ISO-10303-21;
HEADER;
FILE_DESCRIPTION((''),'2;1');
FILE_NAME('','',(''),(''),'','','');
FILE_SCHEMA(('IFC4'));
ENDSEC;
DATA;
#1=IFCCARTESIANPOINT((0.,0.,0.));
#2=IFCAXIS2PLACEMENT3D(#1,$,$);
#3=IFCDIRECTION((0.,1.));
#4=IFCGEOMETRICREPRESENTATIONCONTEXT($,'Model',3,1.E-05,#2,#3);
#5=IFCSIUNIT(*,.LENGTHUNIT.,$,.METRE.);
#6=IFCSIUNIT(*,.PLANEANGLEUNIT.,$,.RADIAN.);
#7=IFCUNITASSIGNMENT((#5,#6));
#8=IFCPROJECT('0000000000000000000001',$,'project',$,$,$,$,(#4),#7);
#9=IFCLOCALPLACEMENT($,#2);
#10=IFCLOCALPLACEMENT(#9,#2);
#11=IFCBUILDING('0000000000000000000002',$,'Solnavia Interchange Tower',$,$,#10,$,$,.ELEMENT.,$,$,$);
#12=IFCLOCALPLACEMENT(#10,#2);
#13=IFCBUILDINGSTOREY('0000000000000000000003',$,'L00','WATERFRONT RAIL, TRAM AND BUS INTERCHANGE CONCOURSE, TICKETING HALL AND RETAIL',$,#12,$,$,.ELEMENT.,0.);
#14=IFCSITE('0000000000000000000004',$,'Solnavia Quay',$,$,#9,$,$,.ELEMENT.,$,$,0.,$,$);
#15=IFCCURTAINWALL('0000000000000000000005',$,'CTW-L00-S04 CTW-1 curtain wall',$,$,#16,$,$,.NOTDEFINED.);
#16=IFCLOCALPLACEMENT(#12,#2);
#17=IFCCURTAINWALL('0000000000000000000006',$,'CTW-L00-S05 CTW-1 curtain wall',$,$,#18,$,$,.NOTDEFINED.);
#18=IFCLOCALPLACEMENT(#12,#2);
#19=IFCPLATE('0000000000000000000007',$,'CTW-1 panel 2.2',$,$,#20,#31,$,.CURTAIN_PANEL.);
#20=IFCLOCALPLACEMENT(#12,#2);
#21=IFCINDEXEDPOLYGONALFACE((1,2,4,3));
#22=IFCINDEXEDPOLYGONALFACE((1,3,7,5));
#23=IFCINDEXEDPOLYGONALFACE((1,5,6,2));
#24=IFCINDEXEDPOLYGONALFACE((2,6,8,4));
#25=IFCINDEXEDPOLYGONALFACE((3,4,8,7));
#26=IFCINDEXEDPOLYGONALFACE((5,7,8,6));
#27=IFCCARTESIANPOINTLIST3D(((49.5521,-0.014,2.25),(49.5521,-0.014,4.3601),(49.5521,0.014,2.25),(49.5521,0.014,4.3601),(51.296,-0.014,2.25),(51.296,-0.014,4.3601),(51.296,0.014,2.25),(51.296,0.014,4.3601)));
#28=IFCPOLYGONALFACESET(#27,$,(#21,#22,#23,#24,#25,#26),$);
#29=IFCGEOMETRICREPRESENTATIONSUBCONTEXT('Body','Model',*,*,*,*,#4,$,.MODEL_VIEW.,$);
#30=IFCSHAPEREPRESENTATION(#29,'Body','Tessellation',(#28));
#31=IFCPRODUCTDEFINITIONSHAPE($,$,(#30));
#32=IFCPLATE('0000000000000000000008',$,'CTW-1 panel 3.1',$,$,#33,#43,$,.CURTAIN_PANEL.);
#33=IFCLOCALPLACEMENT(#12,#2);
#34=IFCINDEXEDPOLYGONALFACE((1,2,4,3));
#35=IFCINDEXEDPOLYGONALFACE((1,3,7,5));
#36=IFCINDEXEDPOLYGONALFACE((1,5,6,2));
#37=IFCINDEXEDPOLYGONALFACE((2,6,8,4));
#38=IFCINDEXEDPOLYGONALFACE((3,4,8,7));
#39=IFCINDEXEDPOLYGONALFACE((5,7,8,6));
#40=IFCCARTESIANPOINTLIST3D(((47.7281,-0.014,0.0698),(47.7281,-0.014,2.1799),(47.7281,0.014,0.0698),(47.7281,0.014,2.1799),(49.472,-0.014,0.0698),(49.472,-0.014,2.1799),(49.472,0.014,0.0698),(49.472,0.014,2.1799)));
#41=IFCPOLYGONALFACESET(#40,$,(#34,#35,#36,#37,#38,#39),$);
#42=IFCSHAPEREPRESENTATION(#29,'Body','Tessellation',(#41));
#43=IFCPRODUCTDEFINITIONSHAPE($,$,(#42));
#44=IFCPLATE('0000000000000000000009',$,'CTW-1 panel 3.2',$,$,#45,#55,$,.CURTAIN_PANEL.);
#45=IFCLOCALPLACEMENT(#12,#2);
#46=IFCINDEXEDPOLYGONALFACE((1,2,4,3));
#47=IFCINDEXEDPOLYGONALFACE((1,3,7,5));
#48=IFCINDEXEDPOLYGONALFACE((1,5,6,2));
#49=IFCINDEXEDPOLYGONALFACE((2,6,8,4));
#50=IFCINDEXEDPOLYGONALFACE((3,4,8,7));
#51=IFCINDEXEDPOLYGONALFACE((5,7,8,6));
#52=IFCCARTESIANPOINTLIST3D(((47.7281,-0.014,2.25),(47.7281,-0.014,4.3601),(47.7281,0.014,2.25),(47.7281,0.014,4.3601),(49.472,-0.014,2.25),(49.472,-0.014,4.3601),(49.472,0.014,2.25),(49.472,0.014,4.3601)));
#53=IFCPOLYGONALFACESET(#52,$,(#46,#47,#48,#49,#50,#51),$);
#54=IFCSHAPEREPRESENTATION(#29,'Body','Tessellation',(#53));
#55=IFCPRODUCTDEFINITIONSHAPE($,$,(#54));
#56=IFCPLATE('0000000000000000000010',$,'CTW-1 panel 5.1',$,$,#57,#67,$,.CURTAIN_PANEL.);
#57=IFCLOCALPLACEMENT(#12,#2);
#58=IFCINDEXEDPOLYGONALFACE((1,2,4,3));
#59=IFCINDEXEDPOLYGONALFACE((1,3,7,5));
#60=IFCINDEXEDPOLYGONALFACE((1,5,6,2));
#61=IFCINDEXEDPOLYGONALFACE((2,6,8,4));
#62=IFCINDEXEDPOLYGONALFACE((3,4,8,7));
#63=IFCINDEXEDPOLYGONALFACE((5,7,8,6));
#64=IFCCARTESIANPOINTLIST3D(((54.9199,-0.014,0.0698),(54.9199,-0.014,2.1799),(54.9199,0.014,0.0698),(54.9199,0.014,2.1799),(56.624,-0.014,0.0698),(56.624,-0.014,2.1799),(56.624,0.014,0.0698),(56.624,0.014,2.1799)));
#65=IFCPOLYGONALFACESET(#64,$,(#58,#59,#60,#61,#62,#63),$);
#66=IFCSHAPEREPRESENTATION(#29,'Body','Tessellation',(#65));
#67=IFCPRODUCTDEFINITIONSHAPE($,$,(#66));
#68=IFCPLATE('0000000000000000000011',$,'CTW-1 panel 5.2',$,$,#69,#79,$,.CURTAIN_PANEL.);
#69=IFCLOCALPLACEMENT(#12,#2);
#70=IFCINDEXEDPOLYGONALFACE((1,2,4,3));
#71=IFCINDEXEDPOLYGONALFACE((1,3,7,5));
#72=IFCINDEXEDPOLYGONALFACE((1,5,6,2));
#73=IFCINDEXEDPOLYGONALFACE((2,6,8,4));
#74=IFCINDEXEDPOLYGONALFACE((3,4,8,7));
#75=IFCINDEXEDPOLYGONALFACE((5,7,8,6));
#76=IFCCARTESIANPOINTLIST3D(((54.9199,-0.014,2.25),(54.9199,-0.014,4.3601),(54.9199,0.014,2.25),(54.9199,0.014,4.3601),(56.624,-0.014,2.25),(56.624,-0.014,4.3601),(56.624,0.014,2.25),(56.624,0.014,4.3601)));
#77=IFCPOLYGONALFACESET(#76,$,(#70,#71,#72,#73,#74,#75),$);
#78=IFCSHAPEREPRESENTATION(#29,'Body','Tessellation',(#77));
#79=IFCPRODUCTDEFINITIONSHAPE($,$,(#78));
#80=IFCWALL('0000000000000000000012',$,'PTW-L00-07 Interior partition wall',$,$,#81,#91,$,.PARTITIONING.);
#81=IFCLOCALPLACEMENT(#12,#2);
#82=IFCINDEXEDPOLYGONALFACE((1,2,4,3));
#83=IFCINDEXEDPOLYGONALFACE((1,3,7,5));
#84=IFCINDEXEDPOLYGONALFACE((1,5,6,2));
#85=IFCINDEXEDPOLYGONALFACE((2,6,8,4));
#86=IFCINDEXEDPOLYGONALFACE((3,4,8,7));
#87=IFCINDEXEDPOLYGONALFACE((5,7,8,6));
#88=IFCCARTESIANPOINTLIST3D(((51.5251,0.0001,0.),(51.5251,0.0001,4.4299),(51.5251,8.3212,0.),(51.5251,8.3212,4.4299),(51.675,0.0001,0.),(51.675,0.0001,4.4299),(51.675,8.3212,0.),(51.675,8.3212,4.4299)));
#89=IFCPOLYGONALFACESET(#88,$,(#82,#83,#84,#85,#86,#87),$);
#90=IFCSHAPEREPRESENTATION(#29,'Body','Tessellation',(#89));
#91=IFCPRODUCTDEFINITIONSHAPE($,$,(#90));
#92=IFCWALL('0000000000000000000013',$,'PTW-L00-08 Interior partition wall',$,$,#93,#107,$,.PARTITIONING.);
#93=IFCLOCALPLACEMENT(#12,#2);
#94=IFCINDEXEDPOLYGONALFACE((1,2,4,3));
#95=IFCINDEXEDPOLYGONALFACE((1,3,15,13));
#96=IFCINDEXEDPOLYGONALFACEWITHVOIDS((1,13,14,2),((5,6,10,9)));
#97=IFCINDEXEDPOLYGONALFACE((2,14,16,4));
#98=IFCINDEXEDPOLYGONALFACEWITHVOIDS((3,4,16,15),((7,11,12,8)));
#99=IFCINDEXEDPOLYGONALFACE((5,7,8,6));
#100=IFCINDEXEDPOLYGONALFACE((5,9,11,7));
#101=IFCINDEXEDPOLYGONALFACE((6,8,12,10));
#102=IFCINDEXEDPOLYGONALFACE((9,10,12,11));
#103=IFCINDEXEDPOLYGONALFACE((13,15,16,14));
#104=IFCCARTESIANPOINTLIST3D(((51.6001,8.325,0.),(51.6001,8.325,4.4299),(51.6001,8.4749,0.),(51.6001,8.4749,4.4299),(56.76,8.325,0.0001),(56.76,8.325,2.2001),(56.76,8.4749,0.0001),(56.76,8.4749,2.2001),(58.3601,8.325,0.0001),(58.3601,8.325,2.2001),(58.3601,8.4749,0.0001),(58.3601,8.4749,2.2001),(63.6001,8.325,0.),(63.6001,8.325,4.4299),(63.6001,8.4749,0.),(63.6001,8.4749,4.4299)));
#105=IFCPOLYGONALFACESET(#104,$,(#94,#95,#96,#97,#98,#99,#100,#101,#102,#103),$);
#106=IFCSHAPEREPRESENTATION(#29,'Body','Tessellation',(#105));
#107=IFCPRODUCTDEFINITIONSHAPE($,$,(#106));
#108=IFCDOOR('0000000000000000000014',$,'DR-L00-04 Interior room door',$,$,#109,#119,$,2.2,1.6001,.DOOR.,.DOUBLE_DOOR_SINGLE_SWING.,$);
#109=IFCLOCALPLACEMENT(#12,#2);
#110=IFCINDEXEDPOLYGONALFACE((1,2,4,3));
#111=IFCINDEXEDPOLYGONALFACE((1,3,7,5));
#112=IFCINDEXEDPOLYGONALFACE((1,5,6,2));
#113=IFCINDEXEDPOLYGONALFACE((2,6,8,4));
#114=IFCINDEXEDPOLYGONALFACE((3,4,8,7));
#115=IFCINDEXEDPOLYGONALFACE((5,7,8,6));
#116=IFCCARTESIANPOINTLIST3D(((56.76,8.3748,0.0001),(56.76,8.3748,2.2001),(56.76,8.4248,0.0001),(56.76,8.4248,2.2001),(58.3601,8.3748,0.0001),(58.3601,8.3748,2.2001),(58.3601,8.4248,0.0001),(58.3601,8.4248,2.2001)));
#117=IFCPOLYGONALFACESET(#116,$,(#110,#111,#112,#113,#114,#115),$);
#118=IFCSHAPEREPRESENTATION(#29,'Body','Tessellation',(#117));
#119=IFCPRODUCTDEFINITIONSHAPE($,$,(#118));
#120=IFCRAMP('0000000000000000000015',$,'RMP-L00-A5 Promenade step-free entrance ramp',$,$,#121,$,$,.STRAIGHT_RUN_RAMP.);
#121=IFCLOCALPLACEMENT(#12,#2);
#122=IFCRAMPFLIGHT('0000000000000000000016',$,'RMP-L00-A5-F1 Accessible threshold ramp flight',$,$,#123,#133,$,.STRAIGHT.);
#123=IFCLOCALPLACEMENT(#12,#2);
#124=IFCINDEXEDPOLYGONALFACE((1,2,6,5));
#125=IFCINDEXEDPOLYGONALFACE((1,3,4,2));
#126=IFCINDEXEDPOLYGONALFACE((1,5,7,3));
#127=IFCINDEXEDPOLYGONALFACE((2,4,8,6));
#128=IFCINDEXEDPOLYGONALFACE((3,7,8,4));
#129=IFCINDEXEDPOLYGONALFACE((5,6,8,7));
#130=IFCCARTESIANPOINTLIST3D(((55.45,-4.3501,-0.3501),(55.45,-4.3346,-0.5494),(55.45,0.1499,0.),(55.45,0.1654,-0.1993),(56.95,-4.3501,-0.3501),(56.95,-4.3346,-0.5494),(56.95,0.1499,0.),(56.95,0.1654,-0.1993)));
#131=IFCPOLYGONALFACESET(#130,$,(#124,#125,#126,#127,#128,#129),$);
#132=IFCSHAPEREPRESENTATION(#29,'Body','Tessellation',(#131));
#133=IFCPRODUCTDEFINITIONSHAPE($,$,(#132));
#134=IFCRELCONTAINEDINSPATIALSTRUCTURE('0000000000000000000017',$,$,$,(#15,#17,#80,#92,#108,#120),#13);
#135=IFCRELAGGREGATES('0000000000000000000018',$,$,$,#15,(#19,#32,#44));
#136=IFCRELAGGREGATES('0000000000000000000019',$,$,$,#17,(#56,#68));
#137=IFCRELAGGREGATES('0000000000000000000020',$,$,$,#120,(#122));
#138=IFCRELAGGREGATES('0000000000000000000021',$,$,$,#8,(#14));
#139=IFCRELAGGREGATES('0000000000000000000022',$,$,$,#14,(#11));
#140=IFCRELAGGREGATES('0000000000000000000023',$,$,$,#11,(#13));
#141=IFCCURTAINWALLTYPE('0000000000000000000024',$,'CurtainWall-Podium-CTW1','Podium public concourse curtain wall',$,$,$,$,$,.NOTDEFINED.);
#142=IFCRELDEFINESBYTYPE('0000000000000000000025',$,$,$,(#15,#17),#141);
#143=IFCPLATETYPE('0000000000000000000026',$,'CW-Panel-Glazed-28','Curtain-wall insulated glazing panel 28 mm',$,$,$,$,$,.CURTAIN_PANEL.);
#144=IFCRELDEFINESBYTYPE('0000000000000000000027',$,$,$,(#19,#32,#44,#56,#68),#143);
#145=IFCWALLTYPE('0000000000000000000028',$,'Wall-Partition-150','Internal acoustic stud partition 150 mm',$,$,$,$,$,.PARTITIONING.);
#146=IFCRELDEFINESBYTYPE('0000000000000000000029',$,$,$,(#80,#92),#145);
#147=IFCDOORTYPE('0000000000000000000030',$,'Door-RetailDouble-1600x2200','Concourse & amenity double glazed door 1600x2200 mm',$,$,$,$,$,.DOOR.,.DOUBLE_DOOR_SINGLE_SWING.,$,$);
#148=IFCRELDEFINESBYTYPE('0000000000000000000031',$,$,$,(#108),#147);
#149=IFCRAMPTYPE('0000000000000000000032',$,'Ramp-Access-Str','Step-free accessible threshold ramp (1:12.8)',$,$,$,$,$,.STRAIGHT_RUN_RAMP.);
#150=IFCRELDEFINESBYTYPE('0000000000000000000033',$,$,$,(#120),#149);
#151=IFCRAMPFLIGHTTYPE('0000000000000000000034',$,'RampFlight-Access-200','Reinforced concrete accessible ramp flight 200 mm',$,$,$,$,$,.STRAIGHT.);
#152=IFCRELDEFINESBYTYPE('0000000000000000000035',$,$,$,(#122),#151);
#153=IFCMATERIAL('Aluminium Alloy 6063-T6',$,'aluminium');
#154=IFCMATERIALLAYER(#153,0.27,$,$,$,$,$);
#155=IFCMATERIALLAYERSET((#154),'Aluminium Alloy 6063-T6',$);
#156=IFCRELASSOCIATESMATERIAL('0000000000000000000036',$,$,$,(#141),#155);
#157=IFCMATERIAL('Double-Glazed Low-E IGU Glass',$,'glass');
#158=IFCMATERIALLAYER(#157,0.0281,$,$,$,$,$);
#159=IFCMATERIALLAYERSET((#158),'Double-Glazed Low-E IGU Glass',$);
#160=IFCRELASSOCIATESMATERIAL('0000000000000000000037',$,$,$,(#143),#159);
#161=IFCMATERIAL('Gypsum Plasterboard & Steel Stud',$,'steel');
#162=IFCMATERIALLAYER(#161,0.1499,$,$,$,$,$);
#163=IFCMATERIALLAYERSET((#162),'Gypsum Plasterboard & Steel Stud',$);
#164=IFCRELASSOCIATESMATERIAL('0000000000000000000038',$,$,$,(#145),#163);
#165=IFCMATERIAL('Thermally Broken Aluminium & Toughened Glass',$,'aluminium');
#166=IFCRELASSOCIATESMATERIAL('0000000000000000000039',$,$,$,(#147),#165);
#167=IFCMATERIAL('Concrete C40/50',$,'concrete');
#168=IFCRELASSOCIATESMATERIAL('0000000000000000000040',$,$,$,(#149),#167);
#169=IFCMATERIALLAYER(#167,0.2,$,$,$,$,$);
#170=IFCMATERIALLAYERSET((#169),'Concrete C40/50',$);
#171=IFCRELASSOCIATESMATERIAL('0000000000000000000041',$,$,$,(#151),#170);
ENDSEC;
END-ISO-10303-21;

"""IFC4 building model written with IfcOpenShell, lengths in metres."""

from ifc_helpers import new_model, si_unit, direction, frame, frame_2d, origin, origin_2d, place, context, subcontext, project, spatial, polyline, rectangle, outline, extrude, material, layer, layer_set, type_object, element, fill, aggregate, save


model = new_model("IFC4")

# Units and contexts
model_context = context("Model", 3, precision=1e-05, world=origin(), true_north=direction((0.0, 1.0)))
body_context = subcontext(model_context, "Body", "Model", "MODEL_VIEW")
ifc_project = project(units=[si_unit("LENGTHUNIT", "METRE"), si_unit("PLANEANGLEUNIT", "RADIAN")], contexts=[model_context])

# Site, building, storey
site_placement = place(None, origin())
site = spatial("IfcSite", under=ifc_project, at=site_placement, Name="Solnavia Quay", CompositionType="ELEMENT", RefElevation=0.0)
building_placement = place(site_placement, origin())
building = spatial("IfcBuilding", under=site, at=building_placement, Name="Solnavia Interchange Tower", CompositionType="ELEMENT")
storey_placement = place(building_placement, origin())
storey = spatial("IfcBuildingStorey", under=building, at=storey_placement, Name="L00", Description="WATERFRONT RAIL, TRAM AND BUS INTERCHANGE CONCOURSE, TICKETING HALL AND RETAIL", CompositionType="ELEMENT", Elevation=0.0)

# Curtain wall
ifc_material_1 = material(Name="Aluminium Alloy 6063-T6", Category="aluminium")
ifc_layer_1 = layer(ifc_material_1, 0.27)
ifc_layer_set_1 = layer_set([ifc_layer_1], Name="Aluminium Alloy 6063-T6")
curtain_wall_type = type_object("IfcCurtainWallType", Name="CurtainWall-Podium-CTW1", Description="Podium public concourse curtain wall", PredefinedType="NOTDEFINED", material=ifc_layer_set_1)
curtain_wall_1_placement = place(storey_placement, origin())
curtain_wall_1 = element("IfcCurtainWall", 1, at=curtain_wall_1_placement, inside=storey, type_object=curtain_wall_type, Name="CTW-L00-S04 CTW-1 curtain wall", PredefinedType="NOTDEFINED")

# Curtain wall
curtain_wall_2_placement = place(storey_placement, origin())
curtain_wall_2 = element("IfcCurtainWall", 2, at=curtain_wall_2_placement, inside=storey, type_object=curtain_wall_type, Name="CTW-L00-S05 CTW-1 curtain wall", PredefinedType="NOTDEFINED")

# Plates
ifc_material_2 = material(Name="Double-Glazed Low-E IGU Glass", Category="glass")
ifc_layer_2 = layer(ifc_material_2, 0.0281)
ifc_layer_set_2 = layer_set([ifc_layer_2], Name="Double-Glazed Low-E IGU Glass")
plate_type = type_object("IfcPlateType", Name="CW-Panel-Glazed-28", Description="Curtain-wall insulated glazing panel 28 mm", PredefinedType="CURTAIN_PANEL", material=ifc_layer_set_2)
plate_1_placement = place(storey_placement, frame((50.4241, 0.0, 2.25), z_axis=(0.0, 0.0, 1.0), x_axis=(-1.0, 0.0, 0.0)))
plate_1 = element("IfcPlate", 3, at=plate_1_placement, type_object=plate_type, Name="CTW-1 panel 2.2", PredefinedType="CURTAIN_PANEL", context=body_context, shape_type="SweptSolid", body=[
    extrude(rectangle(XDim=1.7439, YDim=0.0281, at=origin_2d()), origin(), (0.0, 0.0, 1.0), 2.1101),
])
plate_2_placement = place(storey_placement, frame((48.6001, 0.0, 0.0698), z_axis=(0.0, 0.0, 1.0), x_axis=(-1.0, 0.0, 0.0)))
plate_2 = element("IfcPlate", 4, at=plate_2_placement, type_object=plate_type, Name="CTW-1 panel 3.1", PredefinedType="CURTAIN_PANEL", context=body_context, shape_type="SweptSolid", body=[
    extrude(rectangle(XDim=1.7439, YDim=0.0281, at=origin_2d()), origin(), (0.0, 0.0, 1.0), 2.1101),
])
plate_3_placement = place(storey_placement, frame((48.6001, 0.0, 2.25), z_axis=(0.0, 0.0, 1.0), x_axis=(-1.0, 0.0, 0.0)))
plate_3 = element("IfcPlate", 5, at=plate_3_placement, type_object=plate_type, Name="CTW-1 panel 3.2", PredefinedType="CURTAIN_PANEL", context=body_context, shape_type="SweptSolid", body=[
    extrude(rectangle(XDim=1.7439, YDim=0.0281, at=origin_2d()), origin(), (0.0, 0.0, 1.0), 2.1101),
])
aggregate(curtain_wall_1, [plate_1, plate_2, plate_3])
plate_4_placement = place(storey_placement, frame((55.772, 0.0, 0.0698), z_axis=(0.0, 0.0, 1.0), x_axis=(-1.0, 0.0, 0.0)))
plate_4 = element("IfcPlate", 6, at=plate_4_placement, type_object=plate_type, Name="CTW-1 panel 5.1", PredefinedType="CURTAIN_PANEL", context=body_context, shape_type="SweptSolid", body=[
    extrude(rectangle(XDim=1.7041, YDim=0.0281, at=origin_2d()), origin(), (0.0, 0.0, 1.0), 2.1101),
])
plate_5_placement = place(storey_placement, frame((55.772, 0.0, 2.25), z_axis=(0.0, 0.0, 1.0), x_axis=(-1.0, 0.0, 0.0)))
plate_5 = element("IfcPlate", 7, at=plate_5_placement, type_object=plate_type, Name="CTW-1 panel 5.2", PredefinedType="CURTAIN_PANEL", context=body_context, shape_type="SweptSolid", body=[
    extrude(rectangle(XDim=1.7041, YDim=0.0281, at=origin_2d()), origin(), (0.0, 0.0, 1.0), 2.1101),
])
aggregate(curtain_wall_2, [plate_4, plate_5])

# Wall
ifc_material_3 = material(Name="Gypsum Plasterboard & Steel Stud", Category="steel")
ifc_layer_3 = layer(ifc_material_3, 0.1499)
ifc_layer_set_3 = layer_set([ifc_layer_3], Name="Gypsum Plasterboard & Steel Stud")
wall_type = type_object("IfcWallType", Name="Wall-Partition-150", Description="Internal acoustic stud partition 150 mm", PredefinedType="PARTITIONING", material=ifc_layer_set_3)
wall_1_placement = place(storey_placement, frame((51.6001, 0.0, 0.0), z_axis=(0.0, 0.0, 1.0), x_axis=(0.0, 1.0, 0.0)))
element("IfcWall", 8, at=wall_1_placement, inside=storey, type_object=wall_type, Name="PTW-L00-07 Interior partition wall", PredefinedType="PARTITIONING", context=body_context, shape_type="SweptSolid", body=[
    extrude(rectangle(XDim=8.321, YDim=0.1499, at=frame_2d((4.1606, 0.0))), origin(), (0.0, 0.0, 1.0), 4.4299),
])

# Wall, opening, door
wall_2_placement = place(storey_placement, frame((51.6001, 8.3999, 0.0), z_axis=(0.0, 0.0, 1.0), x_axis=(1.0, 0.0, 0.0)))
wall_2 = element("IfcWall", 9, at=wall_2_placement, inside=storey, type_object=wall_type, Name="PTW-L00-08 Interior partition wall", PredefinedType="PARTITIONING", context=body_context, shape_type="SweptSolid", body=[
    extrude(rectangle(XDim=12.0, YDim=0.1499, at=frame_2d((6.0, 0.0))), origin(), (0.0, 0.0, 1.0), 4.4299),
])
opening_placement = place(wall_2_placement, frame((5.1599, 0.0, 0.0)))
opening = element("IfcOpeningElement", 10, at=opening_placement, cuts=wall_2, PredefinedType="OPENING", context=body_context, shape_type="SweptSolid", body=[
    extrude(rectangle(XDim=1.6001, YDim=2.2, at=frame_2d((0.8, 1.1001))), frame((0.0, 0.085, 0.0), z_axis=(0.0, -1.0, 0.0), x_axis=(1.0, 0.0, 0.0)), (0.0, 0.0, 1.0), 0.1699),
])
ifc_material_4 = material(Name="Thermally Broken Aluminium & Toughened Glass", Category="aluminium")
door_type = type_object("IfcDoorType", Name="Door-RetailDouble-1600x2200", Description="Concourse & amenity double glazed door 1600x2200 mm", OperationType="DOUBLE_DOOR_SINGLE_SWING", PredefinedType="DOOR", material=ifc_material_4)
door_placement = place(opening_placement, origin())
door = element("IfcDoor", 11, at=door_placement, inside=storey, type_object=door_type, Name="DR-L00-04 Interior room door", OperationType="DOUBLE_DOOR_SINGLE_SWING", OverallHeight=2.2, OverallWidth=1.6001, PredefinedType="DOOR", context=body_context, shape_type="SweptSolid", body=[
    extrude(rectangle(XDim=1.6001, YDim=2.2, at=frame_2d((0.8, 1.1001))), frame((0.0, 0.0249, 0.0), z_axis=(0.0, -1.0, 0.0), x_axis=(1.0, 0.0, 0.0)), (0.0, 0.0, 1.0), 0.05),
])
fill(opening, door)

# Ramp, ramp flight
ifc_material_5 = material(Name="Concrete C40/50", Category="concrete")
ramp_type = type_object("IfcRampType", Name="Ramp-Access-Str", Description="Step-free accessible threshold ramp (1:12.8)", PredefinedType="STRAIGHT_RUN_RAMP", material=ifc_material_5)
ramp_placement = place(storey_placement, origin())
ramp = element("IfcRamp", 12, at=ramp_placement, inside=storey, type_object=ramp_type, Name="RMP-L00-A5 Promenade step-free entrance ramp", PredefinedType="STRAIGHT_RUN_RAMP")
ifc_layer_4 = layer(ifc_material_5, 0.2)
ifc_layer_set_4 = layer_set([ifc_layer_4], Name="Concrete C40/50")
ramp_flight_type = type_object("IfcRampFlightType", Name="RampFlight-Access-200", Description="Reinforced concrete accessible ramp flight 200 mm", PredefinedType="STRAIGHT", material=ifc_layer_set_4)
ramp_flight_placement = place(storey_placement, frame((55.45, -4.3501, -0.3501), z_axis=(0.0, -0.077565, 0.996987), x_axis=(1.0, 0.0, 0.0)))
ramp_flight = element("IfcRampFlight", 13, at=ramp_flight_placement, type_object=ramp_flight_type, Name="RMP-L00-A5-F1 Accessible threshold ramp flight", PredefinedType="STRAIGHT", context=body_context, shape_type="SweptSolid", body=[
    extrude(outline(polyline([(0.0, 0.0), (1.5, 0.0), (1.5, 4.5136), (0.0, 4.5136), (0.0, 0.0)])), origin(), (0.0, 0.0, -1.0), 0.2),
])
aggregate(ramp, [ramp_flight])

save(model, "model.ifc")
